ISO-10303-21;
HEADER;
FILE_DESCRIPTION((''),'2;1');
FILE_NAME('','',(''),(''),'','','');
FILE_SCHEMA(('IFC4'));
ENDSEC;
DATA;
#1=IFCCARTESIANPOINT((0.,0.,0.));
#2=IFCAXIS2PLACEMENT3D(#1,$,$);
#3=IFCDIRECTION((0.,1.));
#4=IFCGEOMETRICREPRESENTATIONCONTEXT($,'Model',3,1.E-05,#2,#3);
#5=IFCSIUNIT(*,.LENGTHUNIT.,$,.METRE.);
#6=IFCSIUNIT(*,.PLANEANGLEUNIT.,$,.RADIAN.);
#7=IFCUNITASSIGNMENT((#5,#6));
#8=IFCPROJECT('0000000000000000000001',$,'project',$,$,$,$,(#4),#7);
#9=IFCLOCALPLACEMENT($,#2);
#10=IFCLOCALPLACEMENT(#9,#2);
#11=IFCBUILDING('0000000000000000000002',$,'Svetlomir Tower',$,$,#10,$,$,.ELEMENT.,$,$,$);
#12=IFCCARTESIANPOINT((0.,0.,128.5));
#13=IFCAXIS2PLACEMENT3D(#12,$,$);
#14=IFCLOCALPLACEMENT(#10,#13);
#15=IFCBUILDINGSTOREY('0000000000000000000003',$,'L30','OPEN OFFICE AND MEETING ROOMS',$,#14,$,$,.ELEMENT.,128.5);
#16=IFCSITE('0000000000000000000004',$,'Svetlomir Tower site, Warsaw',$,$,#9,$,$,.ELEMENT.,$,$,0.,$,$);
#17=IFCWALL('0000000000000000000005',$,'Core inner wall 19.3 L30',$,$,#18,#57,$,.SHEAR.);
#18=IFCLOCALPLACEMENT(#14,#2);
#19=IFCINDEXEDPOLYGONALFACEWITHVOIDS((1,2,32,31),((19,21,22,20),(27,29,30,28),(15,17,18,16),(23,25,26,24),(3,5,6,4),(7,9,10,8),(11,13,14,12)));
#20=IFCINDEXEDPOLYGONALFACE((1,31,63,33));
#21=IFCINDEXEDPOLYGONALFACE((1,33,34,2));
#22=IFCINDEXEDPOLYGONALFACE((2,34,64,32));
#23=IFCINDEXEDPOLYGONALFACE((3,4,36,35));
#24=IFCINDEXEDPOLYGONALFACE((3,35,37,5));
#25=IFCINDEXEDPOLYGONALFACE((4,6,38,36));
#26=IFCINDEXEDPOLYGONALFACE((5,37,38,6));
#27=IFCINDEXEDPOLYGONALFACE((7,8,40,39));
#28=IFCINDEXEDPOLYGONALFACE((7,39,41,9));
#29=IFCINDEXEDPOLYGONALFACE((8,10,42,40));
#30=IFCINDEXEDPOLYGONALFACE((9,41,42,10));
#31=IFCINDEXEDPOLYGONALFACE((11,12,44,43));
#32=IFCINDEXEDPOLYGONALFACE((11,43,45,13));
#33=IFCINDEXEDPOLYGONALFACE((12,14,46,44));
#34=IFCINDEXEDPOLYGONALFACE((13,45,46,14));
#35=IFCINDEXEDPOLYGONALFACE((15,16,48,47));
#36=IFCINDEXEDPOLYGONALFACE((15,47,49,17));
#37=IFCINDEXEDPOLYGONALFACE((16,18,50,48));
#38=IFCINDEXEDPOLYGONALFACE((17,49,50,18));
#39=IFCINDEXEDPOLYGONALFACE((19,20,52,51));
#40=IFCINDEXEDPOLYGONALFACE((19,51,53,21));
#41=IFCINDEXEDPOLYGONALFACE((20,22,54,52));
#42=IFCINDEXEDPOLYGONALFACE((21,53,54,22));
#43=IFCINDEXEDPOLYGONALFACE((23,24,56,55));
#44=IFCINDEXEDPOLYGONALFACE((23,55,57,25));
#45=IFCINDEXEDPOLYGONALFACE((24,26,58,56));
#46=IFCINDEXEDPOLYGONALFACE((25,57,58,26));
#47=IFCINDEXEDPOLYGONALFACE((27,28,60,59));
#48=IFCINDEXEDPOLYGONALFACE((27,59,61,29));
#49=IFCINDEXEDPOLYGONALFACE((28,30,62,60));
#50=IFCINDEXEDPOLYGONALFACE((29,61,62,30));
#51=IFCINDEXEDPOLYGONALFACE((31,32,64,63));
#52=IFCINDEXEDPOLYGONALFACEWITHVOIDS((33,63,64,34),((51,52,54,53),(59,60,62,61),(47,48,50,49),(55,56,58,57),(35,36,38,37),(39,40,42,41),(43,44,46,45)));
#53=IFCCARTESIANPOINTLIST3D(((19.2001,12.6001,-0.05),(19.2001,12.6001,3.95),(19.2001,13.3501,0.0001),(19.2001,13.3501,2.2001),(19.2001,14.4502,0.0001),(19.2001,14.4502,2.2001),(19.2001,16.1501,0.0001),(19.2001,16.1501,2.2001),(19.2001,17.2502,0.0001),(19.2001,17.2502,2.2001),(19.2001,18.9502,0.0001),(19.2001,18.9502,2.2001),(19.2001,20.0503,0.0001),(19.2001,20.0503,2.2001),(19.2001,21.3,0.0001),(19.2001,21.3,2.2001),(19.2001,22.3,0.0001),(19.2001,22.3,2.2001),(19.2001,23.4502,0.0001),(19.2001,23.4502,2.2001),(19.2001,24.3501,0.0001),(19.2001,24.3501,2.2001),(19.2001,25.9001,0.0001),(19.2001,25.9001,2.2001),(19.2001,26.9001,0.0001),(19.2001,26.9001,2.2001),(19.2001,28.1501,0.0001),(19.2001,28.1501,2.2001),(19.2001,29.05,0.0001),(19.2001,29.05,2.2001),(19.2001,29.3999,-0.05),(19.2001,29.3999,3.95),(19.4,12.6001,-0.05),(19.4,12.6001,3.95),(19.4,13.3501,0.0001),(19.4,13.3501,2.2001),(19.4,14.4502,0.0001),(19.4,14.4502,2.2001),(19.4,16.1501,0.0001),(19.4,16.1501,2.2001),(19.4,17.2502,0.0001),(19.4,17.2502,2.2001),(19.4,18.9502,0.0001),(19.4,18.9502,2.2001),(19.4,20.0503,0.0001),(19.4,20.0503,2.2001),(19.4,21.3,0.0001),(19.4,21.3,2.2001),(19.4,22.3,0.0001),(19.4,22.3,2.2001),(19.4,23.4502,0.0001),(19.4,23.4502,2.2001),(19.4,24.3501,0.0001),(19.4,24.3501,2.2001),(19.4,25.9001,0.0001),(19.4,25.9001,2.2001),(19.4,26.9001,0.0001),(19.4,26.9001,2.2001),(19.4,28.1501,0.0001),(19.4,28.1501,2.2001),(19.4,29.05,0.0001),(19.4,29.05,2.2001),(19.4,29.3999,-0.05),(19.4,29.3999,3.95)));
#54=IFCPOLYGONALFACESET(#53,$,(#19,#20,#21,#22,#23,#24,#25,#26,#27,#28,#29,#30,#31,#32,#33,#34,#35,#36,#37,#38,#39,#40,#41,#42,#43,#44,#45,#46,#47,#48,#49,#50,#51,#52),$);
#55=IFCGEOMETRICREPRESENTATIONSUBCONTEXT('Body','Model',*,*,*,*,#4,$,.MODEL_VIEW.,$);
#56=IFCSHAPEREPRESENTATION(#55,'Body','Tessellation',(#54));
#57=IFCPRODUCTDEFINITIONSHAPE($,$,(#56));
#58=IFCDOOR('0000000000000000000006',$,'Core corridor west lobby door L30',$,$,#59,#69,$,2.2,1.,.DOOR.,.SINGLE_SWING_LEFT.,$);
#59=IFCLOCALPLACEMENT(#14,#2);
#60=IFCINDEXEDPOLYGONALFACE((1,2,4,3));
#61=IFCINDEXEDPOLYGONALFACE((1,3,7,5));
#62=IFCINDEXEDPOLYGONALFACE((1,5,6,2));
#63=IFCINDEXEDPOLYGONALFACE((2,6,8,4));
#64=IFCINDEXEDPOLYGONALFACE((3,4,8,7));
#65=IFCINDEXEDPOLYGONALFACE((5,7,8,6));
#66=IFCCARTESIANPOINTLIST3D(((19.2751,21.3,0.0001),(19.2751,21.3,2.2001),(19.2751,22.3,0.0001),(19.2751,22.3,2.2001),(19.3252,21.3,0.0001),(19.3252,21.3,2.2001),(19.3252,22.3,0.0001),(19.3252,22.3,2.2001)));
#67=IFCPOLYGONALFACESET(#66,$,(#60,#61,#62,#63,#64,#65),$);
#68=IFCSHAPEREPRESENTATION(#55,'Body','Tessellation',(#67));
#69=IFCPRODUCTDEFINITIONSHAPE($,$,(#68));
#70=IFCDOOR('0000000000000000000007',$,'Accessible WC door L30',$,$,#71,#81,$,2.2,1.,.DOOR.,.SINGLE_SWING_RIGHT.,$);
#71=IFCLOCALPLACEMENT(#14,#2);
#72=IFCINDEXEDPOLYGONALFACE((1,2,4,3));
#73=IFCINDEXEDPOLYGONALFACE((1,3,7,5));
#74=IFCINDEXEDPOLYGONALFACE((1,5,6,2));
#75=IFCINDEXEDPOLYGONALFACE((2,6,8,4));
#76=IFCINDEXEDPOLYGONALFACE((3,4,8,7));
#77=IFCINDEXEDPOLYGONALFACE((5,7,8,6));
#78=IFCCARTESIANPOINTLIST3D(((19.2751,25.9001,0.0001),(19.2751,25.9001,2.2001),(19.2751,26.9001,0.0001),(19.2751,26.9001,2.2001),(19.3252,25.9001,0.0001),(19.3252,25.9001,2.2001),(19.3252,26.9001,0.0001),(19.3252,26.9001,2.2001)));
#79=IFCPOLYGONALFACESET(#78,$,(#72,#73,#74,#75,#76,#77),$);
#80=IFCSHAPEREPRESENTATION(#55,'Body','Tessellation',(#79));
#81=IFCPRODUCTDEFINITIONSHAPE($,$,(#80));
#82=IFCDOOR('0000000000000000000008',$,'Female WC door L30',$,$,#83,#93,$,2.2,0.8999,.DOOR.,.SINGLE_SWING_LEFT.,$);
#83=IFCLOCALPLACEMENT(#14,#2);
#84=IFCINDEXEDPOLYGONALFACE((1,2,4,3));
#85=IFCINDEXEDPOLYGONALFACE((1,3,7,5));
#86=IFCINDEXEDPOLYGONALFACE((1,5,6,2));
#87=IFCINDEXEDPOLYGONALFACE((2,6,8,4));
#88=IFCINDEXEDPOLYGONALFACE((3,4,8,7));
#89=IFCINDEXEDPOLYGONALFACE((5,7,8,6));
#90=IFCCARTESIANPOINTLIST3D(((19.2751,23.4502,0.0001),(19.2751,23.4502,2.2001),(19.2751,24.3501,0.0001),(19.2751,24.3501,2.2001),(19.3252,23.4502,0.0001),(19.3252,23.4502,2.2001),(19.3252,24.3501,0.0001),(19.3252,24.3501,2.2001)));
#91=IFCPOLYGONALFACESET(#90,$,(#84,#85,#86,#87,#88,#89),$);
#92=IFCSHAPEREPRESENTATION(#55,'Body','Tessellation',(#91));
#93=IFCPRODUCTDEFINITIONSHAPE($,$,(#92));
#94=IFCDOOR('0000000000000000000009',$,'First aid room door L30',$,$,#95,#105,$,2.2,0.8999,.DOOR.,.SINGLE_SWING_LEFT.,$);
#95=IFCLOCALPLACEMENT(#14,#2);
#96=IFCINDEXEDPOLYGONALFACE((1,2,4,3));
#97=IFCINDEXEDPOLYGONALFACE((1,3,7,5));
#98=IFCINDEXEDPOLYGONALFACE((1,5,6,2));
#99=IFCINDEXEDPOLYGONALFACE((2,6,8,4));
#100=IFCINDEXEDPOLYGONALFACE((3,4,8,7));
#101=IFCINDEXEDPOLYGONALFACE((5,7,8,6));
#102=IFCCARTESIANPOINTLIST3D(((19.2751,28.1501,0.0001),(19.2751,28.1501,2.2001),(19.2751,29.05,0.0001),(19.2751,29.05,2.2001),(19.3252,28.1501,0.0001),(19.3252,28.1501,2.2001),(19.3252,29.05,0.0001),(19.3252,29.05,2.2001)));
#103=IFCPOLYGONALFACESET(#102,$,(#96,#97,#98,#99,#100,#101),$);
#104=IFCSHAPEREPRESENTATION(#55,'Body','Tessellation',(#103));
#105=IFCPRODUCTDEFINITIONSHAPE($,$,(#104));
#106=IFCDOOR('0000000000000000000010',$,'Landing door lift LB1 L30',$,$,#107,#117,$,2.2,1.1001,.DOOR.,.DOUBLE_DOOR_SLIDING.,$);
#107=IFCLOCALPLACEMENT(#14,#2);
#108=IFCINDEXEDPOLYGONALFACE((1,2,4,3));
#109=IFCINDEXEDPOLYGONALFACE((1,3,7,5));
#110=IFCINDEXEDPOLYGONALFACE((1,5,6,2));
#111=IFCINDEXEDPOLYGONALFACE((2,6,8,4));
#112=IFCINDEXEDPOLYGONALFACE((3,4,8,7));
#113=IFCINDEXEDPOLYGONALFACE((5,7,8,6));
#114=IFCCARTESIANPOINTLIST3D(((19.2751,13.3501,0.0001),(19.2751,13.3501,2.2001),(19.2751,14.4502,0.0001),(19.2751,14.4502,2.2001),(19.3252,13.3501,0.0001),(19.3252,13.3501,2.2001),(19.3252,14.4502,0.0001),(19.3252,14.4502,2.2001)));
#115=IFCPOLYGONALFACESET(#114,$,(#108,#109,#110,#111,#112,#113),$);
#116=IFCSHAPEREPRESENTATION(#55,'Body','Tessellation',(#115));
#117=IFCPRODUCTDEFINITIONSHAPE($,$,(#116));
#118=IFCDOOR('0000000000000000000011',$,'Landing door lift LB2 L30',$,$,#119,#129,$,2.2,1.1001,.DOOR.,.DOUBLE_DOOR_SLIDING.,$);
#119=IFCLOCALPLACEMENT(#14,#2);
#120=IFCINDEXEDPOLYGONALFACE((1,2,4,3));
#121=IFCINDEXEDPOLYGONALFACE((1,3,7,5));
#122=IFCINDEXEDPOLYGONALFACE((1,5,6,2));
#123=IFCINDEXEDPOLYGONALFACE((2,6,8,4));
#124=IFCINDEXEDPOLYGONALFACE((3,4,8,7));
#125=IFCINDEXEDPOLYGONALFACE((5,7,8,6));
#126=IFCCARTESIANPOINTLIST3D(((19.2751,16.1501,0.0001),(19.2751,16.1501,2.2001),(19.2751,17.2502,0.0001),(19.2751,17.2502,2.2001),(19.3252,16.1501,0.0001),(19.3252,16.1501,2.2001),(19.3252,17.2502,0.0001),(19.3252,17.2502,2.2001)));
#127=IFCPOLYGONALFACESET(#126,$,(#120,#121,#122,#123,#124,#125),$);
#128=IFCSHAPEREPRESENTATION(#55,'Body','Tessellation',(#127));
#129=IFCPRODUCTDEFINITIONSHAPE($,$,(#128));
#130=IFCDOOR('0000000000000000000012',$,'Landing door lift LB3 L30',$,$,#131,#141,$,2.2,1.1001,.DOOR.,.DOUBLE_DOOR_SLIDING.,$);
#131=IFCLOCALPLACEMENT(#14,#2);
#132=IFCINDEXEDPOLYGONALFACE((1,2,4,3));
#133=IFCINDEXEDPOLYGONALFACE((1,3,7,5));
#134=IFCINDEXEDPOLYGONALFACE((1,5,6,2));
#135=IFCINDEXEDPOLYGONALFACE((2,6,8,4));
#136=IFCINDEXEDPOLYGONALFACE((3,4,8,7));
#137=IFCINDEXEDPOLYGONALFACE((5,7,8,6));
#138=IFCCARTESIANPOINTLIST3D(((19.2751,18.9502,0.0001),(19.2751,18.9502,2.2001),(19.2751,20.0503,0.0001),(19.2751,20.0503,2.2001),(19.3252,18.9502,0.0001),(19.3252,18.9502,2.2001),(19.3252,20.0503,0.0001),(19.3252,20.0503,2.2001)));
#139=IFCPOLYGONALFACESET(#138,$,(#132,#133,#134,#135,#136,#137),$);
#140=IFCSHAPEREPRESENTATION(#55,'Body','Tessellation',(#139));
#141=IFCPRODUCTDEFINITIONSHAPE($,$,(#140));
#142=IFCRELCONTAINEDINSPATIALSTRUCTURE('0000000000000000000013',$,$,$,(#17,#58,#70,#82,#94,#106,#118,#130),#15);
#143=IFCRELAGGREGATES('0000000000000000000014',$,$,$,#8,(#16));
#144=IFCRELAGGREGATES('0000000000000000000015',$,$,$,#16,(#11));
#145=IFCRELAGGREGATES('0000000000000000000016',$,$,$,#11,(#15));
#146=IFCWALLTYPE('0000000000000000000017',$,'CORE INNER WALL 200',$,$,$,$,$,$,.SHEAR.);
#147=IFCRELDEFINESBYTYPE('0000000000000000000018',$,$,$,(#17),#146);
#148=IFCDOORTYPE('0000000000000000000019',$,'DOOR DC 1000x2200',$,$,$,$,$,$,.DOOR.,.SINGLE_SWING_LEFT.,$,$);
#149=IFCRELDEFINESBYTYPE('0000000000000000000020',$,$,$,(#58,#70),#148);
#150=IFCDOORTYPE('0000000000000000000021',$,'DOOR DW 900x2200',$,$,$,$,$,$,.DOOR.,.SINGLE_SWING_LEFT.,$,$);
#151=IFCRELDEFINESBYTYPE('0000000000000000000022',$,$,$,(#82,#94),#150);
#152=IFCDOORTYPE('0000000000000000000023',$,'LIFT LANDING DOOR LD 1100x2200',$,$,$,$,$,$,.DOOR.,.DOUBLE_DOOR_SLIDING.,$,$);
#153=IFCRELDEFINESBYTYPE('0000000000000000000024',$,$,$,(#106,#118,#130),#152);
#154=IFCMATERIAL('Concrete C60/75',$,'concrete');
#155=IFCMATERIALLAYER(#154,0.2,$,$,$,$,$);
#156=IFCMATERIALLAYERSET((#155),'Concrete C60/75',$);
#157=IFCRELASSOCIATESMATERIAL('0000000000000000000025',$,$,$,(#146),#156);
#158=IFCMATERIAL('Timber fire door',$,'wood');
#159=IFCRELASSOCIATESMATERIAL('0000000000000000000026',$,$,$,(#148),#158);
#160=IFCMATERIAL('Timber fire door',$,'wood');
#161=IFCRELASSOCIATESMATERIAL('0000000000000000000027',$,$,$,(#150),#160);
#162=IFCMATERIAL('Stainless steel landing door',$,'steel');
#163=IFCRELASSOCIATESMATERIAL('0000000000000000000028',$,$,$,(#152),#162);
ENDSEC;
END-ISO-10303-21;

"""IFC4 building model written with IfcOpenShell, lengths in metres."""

from ifc_helpers import new_model, si_unit, direction, frame, frame_2d, origin, place, context, subcontext, project, spatial, rectangle, extrude, material, layer, layer_set, type_object, element, fill, save


model = new_model("IFC4")

# Units and contexts
model_context = context("Model", 3, precision=1e-05, world=origin(), true_north=direction((0.0, 1.0)))
body_context = subcontext(model_context, "Body", "Model", "MODEL_VIEW")
ifc_project = project(units=[si_unit("LENGTHUNIT", "METRE"), si_unit("PLANEANGLEUNIT", "RADIAN")], contexts=[model_context])

# Site, building, storey
site_placement = place(None, origin())
site = spatial("IfcSite", under=ifc_project, at=site_placement, Name="Svetlomir Tower site, Warsaw", CompositionType="ELEMENT", RefElevation=0.0)
building_placement = place(site_placement, origin())
building = spatial("IfcBuilding", under=site, at=building_placement, Name="Svetlomir Tower", CompositionType="ELEMENT")
storey_placement = place(building_placement, frame((0.0, 0.0, 128.5)))
storey = spatial("IfcBuildingStorey", under=building, at=storey_placement, Name="L30", Description="OPEN OFFICE AND MEETING ROOMS", CompositionType="ELEMENT", Elevation=128.5)

# Shared definitions
ifc_material_1 = material(Name="Concrete C60/75", Category="concrete")
ifc_layer_1 = layer(ifc_material_1, 0.2)
ifc_layer_set_1 = layer_set([ifc_layer_1], Name="Concrete C60/75")
wall_type_1 = type_object("IfcWallType", Name="CORE INNER WALL 200", PredefinedType="SHEAR", material=ifc_layer_set_1)

# Wall, openings, doors
wall_1_placement = place(storey_placement, frame((19.3, 12.6001, -0.05), z_axis=(0.0, 0.0, 1.0), x_axis=(0.0, 1.0, 0.0)))
wall_1 = element("IfcWall", 1, at=wall_1_placement, inside=storey, type_object=wall_type_1, Name="Core inner wall 19.3 L30", PredefinedType="SHEAR", context=body_context, shape_type="SweptSolid", body=[
    extrude(rectangle(XDim=16.7998, YDim=0.2, at=frame_2d((8.3999, 0.0))), origin(), (0.0, 0.0, 1.0), 4.0),
])
opening_1_placement = place(wall_1_placement, frame((8.7, 0.0, 0.05)))
opening_1 = element("IfcOpeningElement", 2, at=opening_1_placement, cuts=wall_1, PredefinedType="OPENING", context=body_context, shape_type="SweptSolid", body=[
    extrude(rectangle(XDim=1.0, YDim=2.2, at=frame_2d((0.5, 1.1001))), frame((0.0, 0.1099, 0.0), z_axis=(0.0, -1.0, 0.0), x_axis=(1.0, 0.0, 0.0)), (0.0, 0.0, 1.0), 0.22),
])
opening_2_placement = place(wall_1_placement, frame((10.8501, 0.0, 0.05)))
opening_2 = element("IfcOpeningElement", 3, at=opening_2_placement, cuts=wall_1, PredefinedType="OPENING", context=body_context, shape_type="SweptSolid", body=[
    extrude(rectangle(XDim=0.8999, YDim=2.2, at=frame_2d((0.45, 1.1001))), frame((0.0, 0.1099, 0.0), z_axis=(0.0, -1.0, 0.0), x_axis=(1.0, 0.0, 0.0)), (0.0, 0.0, 1.0), 0.22),
])
opening_3_placement = place(wall_1_placement, frame((13.3, 0.0, 0.05)))
opening_3 = element("IfcOpeningElement", 4, at=opening_3_placement, cuts=wall_1, PredefinedType="OPENING", context=body_context, shape_type="SweptSolid", body=[
    extrude(rectangle(XDim=1.0, YDim=2.2, at=frame_2d((0.5, 1.1001))), frame((0.0, 0.1099, 0.0), z_axis=(0.0, -1.0, 0.0), x_axis=(1.0, 0.0, 0.0)), (0.0, 0.0, 1.0), 0.22),
])
opening_4_placement = place(wall_1_placement, frame((15.55, 0.0, 0.05)))
opening_4 = element("IfcOpeningElement", 5, at=opening_4_placement, cuts=wall_1, PredefinedType="OPENING", context=body_context, shape_type="SweptSolid", body=[
    extrude(rectangle(XDim=0.8999, YDim=2.2, at=frame_2d((0.45, 1.1001))), frame((0.0, 0.1099, 0.0), z_axis=(0.0, -1.0, 0.0), x_axis=(1.0, 0.0, 0.0)), (0.0, 0.0, 1.0), 0.22),
])
opening_5_placement = place(wall_1_placement, frame((0.75, 0.0, 0.05)))
opening_5 = element("IfcOpeningElement", 6, at=opening_5_placement, cuts=wall_1, PredefinedType="OPENING", context=body_context, shape_type="SweptSolid", body=[
    extrude(rectangle(XDim=1.1001, YDim=2.2, at=frame_2d((0.55, 1.1001))), frame((0.0, 0.1099, 0.0), z_axis=(0.0, -1.0, 0.0), x_axis=(1.0, 0.0, 0.0)), (0.0, 0.0, 1.0), 0.22),
])
opening_6_placement = place(wall_1_placement, frame((3.55, 0.0, 0.05)))
opening_6 = element("IfcOpeningElement", 7, at=opening_6_placement, cuts=wall_1, PredefinedType="OPENING", context=body_context, shape_type="SweptSolid", body=[
    extrude(rectangle(XDim=1.1001, YDim=2.2, at=frame_2d((0.55, 1.1001))), frame((0.0, 0.1099, 0.0), z_axis=(0.0, -1.0, 0.0), x_axis=(1.0, 0.0, 0.0)), (0.0, 0.0, 1.0), 0.22),
])
opening_7_placement = place(wall_1_placement, frame((6.3501, 0.0, 0.05)))
opening_7 = element("IfcOpeningElement", 8, at=opening_7_placement, cuts=wall_1, PredefinedType="OPENING", context=body_context, shape_type="SweptSolid", body=[
    extrude(rectangle(XDim=1.1001, YDim=2.2, at=frame_2d((0.55, 1.1001))), frame((0.0, 0.1099, 0.0), z_axis=(0.0, -1.0, 0.0), x_axis=(1.0, 0.0, 0.0)), (0.0, 0.0, 1.0), 0.22),
])
ifc_material_2 = material(Name="Timber fire door", Category="wood")
door_type_1 = type_object("IfcDoorType", Name="DOOR DC 1000x2200", OperationType="SINGLE_SWING_LEFT", PredefinedType="DOOR", material=ifc_material_2)
door_1_placement = place(opening_1_placement, origin())
door_1 = element("IfcDoor", 9, at=door_1_placement, inside=storey, type_object=door_type_1, Name="Core corridor west lobby door L30", OperationType="SINGLE_SWING_LEFT", OverallHeight=2.2, OverallWidth=1.0, PredefinedType="DOOR", context=body_context, shape_type="SweptSolid", body=[
    extrude(rectangle(XDim=1.0, YDim=2.2, at=frame_2d((0.5, 1.1001))), frame((0.0, 0.0249, 0.0), z_axis=(0.0, -1.0, 0.0), x_axis=(1.0, 0.0, 0.0)), (0.0, 0.0, 1.0), 0.05),
])
fill(opening_1, door_1)
door_2_placement = place(opening_3_placement, origin())
door_2 = element("IfcDoor", 10, at=door_2_placement, inside=storey, type_object=door_type_1, Name="Accessible WC door L30", OperationType="SINGLE_SWING_RIGHT", OverallHeight=2.2, OverallWidth=1.0, PredefinedType="DOOR", context=body_context, shape_type="SweptSolid", body=[
    extrude(rectangle(XDim=1.0, YDim=2.2, at=frame_2d((0.5, 1.1001))), frame((0.0, 0.0249, 0.0), z_axis=(0.0, -1.0, 0.0), x_axis=(1.0, 0.0, 0.0)), (0.0, 0.0, 1.0), 0.05),
])
fill(opening_3, door_2)
ifc_material_3 = material(Name="Timber fire door", Category="wood")
door_type_2 = type_object("IfcDoorType", Name="DOOR DW 900x2200", OperationType="SINGLE_SWING_LEFT", PredefinedType="DOOR", material=ifc_material_3)
door_3_placement = place(opening_2_placement, origin())
door_3 = element("IfcDoor", 11, at=door_3_placement, inside=storey, type_object=door_type_2, Name="Female WC door L30", OperationType="SINGLE_SWING_LEFT", OverallHeight=2.2, OverallWidth=0.8999, PredefinedType="DOOR", context=body_context, shape_type="SweptSolid", body=[
    extrude(rectangle(XDim=0.8999, YDim=2.2, at=frame_2d((0.45, 1.1001))), frame((0.0, 0.0249, 0.0), z_axis=(0.0, -1.0, 0.0), x_axis=(1.0, 0.0, 0.0)), (0.0, 0.0, 1.0), 0.05),
])
fill(opening_2, door_3)
door_4_placement = place(opening_4_placement, origin())
door_4 = element("IfcDoor", 12, at=door_4_placement, inside=storey, type_object=door_type_2, Name="First aid room door L30", OperationType="SINGLE_SWING_LEFT", OverallHeight=2.2, OverallWidth=0.8999, PredefinedType="DOOR", context=body_context, shape_type="SweptSolid", body=[
    extrude(rectangle(XDim=0.8999, YDim=2.2, at=frame_2d((0.45, 1.1001))), frame((0.0, 0.0249, 0.0), z_axis=(0.0, -1.0, 0.0), x_axis=(1.0, 0.0, 0.0)), (0.0, 0.0, 1.0), 0.05),
])
fill(opening_4, door_4)
ifc_material_4 = material(Name="Stainless steel landing door", Category="steel")
door_type_3 = type_object("IfcDoorType", Name="LIFT LANDING DOOR LD 1100x2200", OperationType="DOUBLE_DOOR_SLIDING", PredefinedType="DOOR", material=ifc_material_4)
door_5_placement = place(opening_5_placement, origin())
door_5 = element("IfcDoor", 13, at=door_5_placement, inside=storey, type_object=door_type_3, Name="Landing door lift LB1 L30", OperationType="DOUBLE_DOOR_SLIDING", OverallHeight=2.2, OverallWidth=1.1001, PredefinedType="DOOR", context=body_context, shape_type="SweptSolid", body=[
    extrude(rectangle(XDim=1.1001, YDim=2.2, at=frame_2d((0.55, 1.1001))), frame((0.0, 0.0249, 0.0), z_axis=(0.0, -1.0, 0.0), x_axis=(1.0, 0.0, 0.0)), (0.0, 0.0, 1.0), 0.05),
])
fill(opening_5, door_5)
door_6_placement = place(opening_6_placement, origin())
door_6 = element("IfcDoor", 14, at=door_6_placement, inside=storey, type_object=door_type_3, Name="Landing door lift LB2 L30", OperationType="DOUBLE_DOOR_SLIDING", OverallHeight=2.2, OverallWidth=1.1001, PredefinedType="DOOR", context=body_context, shape_type="SweptSolid", body=[
    extrude(rectangle(XDim=1.1001, YDim=2.2, at=frame_2d((0.55, 1.1001))), frame((0.0, 0.0249, 0.0), z_axis=(0.0, -1.0, 0.0), x_axis=(1.0, 0.0, 0.0)), (0.0, 0.0, 1.0), 0.05),
])
fill(opening_6, door_6)
door_7_placement = place(opening_7_placement, origin())
door_7 = element("IfcDoor", 15, at=door_7_placement, inside=storey, type_object=door_type_3, Name="Landing door lift LB3 L30", OperationType="DOUBLE_DOOR_SLIDING", OverallHeight=2.2, OverallWidth=1.1001, PredefinedType="DOOR", context=body_context, shape_type="SweptSolid", body=[
    extrude(rectangle(XDim=1.1001, YDim=2.2, at=frame_2d((0.55, 1.1001))), frame((0.0, 0.0249, 0.0), z_axis=(0.0, -1.0, 0.0), x_axis=(1.0, 0.0, 0.0)), (0.0, 0.0, 1.0), 0.05),
])
fill(opening_7, door_7)

save(model, "model.ifc")
